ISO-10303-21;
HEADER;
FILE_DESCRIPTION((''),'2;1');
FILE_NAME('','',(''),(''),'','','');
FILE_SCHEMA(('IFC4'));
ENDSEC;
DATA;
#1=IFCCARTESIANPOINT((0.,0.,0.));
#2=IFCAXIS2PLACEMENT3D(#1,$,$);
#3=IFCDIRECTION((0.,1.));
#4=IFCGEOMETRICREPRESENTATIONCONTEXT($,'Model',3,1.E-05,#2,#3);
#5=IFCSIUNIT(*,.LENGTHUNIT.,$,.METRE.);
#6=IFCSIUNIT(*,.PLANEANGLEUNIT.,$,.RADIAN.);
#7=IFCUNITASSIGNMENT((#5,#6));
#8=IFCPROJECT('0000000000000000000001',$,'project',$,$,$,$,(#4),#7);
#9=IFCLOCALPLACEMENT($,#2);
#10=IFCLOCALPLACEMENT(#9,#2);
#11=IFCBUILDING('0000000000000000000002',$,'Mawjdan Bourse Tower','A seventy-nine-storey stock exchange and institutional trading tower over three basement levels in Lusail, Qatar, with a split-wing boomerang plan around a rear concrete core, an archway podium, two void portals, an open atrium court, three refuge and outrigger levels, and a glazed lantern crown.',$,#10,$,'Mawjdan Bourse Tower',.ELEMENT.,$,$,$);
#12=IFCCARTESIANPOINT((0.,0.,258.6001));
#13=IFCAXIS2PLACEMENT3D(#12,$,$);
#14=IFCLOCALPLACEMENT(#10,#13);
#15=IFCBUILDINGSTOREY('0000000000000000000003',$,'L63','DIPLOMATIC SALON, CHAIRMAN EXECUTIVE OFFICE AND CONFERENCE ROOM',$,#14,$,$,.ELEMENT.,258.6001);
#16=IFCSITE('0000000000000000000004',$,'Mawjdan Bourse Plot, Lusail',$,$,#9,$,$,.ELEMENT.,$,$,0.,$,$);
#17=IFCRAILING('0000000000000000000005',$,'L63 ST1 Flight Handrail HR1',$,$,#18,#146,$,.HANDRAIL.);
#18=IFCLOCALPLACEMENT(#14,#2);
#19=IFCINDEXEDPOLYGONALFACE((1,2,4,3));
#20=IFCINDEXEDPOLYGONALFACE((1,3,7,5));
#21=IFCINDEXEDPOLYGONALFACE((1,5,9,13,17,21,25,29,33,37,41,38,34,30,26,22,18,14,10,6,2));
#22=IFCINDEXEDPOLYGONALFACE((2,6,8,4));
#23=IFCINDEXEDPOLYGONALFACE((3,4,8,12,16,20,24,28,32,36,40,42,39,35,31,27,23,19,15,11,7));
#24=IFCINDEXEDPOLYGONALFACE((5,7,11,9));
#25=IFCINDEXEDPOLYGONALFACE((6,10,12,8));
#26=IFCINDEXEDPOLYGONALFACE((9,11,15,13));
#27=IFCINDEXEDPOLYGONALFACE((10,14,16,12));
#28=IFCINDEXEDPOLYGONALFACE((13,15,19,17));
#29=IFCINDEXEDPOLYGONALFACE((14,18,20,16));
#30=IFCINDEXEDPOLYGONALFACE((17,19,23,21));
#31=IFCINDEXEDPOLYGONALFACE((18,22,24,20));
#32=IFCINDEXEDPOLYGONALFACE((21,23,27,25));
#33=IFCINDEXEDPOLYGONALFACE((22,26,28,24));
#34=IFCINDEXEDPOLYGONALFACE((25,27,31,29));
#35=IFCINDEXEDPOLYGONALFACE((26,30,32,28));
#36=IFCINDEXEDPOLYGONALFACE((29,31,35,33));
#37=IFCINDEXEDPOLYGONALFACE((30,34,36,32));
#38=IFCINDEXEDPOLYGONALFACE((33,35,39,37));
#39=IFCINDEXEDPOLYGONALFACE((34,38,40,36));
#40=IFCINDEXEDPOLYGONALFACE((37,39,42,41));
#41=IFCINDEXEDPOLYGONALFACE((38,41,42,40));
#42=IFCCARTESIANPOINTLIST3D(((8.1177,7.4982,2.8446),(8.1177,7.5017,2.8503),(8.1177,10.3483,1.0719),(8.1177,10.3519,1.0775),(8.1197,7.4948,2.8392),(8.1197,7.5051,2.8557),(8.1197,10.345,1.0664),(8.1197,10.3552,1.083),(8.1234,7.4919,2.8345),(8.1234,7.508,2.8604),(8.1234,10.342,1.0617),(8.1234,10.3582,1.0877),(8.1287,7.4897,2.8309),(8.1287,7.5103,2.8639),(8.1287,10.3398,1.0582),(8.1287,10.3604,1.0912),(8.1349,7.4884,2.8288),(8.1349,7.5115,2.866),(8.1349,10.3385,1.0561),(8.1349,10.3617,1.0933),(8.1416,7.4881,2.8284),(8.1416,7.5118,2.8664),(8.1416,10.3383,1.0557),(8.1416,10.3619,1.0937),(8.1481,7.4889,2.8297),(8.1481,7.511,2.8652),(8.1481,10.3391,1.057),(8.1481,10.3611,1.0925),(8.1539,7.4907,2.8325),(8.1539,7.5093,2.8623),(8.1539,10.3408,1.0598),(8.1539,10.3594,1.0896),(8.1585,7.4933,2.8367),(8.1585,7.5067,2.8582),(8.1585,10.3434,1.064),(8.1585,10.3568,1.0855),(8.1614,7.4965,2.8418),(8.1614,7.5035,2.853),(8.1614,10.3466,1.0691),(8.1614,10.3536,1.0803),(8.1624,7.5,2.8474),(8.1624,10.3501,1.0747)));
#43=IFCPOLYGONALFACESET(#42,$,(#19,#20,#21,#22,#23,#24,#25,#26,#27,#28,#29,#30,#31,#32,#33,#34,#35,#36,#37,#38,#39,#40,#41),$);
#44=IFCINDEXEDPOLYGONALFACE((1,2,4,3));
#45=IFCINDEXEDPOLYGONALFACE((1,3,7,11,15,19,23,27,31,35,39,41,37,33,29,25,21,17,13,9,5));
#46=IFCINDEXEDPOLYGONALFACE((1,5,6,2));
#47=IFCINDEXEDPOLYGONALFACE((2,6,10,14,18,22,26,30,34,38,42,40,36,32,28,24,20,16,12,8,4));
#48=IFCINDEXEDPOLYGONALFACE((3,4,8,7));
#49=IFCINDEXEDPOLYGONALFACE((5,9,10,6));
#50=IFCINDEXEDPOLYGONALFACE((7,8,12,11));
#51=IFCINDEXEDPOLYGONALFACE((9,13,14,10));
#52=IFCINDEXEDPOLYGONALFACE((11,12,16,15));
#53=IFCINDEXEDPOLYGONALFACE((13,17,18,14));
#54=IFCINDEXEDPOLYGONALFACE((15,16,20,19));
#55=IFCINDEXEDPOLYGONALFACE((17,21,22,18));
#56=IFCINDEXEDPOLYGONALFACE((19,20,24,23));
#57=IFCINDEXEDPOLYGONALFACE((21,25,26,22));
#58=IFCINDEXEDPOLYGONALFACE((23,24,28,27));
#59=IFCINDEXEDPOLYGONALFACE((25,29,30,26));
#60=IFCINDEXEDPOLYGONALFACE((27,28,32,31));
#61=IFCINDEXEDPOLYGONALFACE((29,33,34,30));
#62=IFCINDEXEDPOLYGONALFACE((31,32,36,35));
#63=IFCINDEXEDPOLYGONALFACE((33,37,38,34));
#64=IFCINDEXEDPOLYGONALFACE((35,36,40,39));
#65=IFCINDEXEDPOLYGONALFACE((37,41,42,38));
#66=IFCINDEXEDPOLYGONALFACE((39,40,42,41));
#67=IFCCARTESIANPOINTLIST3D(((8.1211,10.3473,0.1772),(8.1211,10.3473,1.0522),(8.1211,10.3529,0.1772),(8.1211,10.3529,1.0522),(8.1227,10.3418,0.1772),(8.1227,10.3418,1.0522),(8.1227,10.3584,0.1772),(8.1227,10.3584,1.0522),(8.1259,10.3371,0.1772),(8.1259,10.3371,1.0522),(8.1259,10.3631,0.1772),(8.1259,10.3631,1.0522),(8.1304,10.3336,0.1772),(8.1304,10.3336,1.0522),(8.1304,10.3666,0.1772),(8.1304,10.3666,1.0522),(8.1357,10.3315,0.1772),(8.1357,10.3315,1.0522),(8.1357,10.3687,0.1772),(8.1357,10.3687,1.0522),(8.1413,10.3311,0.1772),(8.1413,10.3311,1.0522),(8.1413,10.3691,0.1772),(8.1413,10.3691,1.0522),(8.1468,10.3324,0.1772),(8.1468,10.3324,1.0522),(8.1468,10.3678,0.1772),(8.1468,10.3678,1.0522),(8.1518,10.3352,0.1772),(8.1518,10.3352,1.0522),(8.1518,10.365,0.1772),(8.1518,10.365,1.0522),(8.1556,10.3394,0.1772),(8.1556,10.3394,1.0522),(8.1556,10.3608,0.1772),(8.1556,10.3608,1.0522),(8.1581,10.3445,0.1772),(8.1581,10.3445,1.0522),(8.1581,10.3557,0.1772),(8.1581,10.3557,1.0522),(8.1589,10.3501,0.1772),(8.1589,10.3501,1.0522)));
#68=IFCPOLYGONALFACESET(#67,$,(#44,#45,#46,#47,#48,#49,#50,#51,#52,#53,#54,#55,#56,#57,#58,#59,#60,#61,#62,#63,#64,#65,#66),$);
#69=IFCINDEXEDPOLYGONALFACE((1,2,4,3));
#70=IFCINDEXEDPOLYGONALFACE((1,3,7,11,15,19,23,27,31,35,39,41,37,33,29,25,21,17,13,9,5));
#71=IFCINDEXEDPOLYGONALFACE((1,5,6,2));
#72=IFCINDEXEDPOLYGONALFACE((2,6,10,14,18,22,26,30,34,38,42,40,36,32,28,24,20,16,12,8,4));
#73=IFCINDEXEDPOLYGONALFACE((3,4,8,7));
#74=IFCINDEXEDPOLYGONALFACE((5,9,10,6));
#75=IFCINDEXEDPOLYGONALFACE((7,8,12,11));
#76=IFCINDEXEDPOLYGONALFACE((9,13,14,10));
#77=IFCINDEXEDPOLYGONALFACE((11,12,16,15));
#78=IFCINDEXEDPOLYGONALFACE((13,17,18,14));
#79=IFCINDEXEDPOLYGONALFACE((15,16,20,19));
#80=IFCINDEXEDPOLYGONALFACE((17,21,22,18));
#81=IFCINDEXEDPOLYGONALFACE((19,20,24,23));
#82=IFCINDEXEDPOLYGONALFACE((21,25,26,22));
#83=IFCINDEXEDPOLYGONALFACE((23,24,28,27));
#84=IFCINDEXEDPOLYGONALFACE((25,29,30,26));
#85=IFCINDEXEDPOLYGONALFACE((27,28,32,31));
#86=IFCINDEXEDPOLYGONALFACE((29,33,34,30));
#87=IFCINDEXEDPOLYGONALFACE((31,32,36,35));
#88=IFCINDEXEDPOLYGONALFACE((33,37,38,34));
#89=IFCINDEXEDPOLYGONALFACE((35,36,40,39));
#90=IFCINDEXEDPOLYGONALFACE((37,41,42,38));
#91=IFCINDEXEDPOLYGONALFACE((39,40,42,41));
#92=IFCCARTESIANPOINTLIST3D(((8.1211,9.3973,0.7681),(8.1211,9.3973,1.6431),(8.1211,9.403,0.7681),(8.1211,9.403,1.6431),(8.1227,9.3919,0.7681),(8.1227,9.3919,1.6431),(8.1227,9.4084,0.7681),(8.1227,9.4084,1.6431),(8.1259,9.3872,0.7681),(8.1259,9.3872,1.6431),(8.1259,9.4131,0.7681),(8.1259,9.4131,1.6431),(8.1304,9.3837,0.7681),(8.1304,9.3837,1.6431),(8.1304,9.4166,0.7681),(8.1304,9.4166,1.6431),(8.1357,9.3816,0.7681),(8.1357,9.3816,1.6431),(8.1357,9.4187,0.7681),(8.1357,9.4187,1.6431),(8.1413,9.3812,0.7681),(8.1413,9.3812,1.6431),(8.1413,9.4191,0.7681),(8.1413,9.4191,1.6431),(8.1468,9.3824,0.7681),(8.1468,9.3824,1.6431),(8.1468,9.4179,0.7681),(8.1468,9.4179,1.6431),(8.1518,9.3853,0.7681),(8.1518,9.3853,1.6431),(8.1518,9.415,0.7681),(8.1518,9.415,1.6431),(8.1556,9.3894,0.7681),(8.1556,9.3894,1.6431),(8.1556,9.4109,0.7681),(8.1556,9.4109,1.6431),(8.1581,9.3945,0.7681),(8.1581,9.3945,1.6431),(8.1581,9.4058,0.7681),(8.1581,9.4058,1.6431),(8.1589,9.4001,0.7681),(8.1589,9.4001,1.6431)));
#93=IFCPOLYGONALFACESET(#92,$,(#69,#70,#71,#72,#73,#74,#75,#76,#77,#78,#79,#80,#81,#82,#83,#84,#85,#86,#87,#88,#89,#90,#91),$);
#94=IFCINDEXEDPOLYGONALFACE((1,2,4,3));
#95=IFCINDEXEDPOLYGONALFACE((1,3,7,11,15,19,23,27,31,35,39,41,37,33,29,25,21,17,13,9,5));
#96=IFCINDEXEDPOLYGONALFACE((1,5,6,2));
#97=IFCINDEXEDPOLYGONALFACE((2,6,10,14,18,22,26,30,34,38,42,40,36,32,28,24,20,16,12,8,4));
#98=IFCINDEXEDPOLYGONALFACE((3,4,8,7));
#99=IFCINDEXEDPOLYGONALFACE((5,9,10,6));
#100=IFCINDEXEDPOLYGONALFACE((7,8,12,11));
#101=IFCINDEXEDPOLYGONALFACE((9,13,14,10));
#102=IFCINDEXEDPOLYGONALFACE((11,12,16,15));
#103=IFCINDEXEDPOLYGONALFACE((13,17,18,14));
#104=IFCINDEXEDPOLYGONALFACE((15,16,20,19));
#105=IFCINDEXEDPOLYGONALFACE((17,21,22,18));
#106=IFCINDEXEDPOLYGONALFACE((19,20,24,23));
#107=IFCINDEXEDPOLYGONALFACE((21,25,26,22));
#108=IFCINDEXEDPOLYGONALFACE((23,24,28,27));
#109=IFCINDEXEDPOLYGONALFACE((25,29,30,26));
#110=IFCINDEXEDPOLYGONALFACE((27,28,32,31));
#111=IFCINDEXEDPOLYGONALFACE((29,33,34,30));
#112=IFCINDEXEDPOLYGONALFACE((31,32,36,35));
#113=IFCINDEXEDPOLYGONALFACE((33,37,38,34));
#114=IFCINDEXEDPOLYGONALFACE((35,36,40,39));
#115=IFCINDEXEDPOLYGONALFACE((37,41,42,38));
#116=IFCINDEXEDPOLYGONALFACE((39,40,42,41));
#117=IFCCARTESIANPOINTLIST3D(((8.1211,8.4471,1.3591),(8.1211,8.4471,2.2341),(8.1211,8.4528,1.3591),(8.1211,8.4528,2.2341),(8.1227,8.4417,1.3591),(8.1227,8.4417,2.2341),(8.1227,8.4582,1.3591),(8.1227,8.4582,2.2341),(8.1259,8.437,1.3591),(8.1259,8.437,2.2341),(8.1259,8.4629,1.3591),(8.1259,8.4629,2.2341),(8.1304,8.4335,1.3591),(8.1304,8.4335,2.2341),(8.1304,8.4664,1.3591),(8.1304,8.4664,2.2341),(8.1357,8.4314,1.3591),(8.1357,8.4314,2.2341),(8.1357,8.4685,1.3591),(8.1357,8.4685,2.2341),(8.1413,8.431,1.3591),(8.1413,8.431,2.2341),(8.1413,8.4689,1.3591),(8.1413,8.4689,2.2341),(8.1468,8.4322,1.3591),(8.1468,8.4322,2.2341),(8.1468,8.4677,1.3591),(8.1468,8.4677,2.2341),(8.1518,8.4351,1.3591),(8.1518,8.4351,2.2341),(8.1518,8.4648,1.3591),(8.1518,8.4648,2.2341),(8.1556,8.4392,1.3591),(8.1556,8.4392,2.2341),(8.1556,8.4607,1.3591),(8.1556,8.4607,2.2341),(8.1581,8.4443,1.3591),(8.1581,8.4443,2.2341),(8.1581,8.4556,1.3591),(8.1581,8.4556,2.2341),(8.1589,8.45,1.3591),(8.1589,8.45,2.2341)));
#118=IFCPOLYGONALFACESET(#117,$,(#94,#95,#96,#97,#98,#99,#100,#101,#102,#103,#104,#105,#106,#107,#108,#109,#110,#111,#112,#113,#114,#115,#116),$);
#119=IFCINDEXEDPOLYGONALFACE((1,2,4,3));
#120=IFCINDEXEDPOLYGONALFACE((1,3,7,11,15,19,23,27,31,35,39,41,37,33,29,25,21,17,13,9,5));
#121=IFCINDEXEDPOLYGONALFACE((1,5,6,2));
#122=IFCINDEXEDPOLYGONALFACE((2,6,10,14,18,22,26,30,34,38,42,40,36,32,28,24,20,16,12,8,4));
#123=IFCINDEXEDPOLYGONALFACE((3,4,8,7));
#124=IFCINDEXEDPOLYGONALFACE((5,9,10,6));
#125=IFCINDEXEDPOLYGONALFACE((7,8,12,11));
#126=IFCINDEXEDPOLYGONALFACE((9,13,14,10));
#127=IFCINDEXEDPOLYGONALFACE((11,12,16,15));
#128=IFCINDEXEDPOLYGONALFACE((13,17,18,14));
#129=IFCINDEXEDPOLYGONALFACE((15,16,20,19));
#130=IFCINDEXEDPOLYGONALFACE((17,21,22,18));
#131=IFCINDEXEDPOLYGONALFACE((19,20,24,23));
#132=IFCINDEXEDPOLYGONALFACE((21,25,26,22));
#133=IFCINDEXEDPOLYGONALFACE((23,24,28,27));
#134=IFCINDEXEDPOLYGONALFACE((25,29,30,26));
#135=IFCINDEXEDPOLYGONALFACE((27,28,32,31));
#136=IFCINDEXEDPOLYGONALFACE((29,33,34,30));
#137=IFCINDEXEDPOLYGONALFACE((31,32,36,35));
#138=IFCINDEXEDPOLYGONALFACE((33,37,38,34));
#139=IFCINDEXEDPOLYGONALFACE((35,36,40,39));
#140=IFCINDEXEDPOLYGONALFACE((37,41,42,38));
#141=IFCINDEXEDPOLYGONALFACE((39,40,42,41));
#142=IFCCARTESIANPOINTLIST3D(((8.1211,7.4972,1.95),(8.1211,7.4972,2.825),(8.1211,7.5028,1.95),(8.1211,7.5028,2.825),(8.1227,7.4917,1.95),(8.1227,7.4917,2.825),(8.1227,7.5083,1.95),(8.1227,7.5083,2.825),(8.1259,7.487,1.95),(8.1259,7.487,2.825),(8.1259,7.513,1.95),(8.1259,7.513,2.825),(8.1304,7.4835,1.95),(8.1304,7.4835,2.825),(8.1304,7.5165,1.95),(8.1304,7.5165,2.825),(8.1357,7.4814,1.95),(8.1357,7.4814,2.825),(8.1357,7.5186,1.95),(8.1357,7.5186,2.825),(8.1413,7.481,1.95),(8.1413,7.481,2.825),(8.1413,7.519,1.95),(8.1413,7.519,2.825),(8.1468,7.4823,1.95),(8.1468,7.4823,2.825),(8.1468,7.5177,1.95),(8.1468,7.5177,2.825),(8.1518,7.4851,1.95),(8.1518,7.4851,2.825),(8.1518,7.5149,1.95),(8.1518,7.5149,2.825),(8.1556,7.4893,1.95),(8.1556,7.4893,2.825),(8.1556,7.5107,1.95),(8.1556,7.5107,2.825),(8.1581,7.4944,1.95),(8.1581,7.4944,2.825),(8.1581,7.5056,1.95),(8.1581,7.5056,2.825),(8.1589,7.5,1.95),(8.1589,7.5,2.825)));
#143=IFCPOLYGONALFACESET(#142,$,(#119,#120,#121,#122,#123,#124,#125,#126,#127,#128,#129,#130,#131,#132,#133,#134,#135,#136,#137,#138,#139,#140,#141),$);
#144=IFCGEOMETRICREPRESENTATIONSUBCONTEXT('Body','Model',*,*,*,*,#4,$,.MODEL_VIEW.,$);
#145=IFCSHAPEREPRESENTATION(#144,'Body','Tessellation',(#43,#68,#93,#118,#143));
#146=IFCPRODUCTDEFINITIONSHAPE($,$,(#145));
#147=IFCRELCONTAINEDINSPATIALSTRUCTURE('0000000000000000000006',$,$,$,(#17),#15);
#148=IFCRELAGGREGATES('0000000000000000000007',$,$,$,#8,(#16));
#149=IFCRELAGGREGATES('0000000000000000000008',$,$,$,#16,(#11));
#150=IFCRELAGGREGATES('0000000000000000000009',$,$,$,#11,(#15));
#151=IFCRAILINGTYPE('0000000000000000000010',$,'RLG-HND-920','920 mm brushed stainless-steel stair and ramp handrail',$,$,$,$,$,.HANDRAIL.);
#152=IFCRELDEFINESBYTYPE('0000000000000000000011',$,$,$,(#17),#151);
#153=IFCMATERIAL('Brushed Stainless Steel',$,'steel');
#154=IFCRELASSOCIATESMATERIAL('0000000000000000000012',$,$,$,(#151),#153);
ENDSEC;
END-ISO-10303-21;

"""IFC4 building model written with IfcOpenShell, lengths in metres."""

from ifc_helpers import new_model, si_unit, direction, frame, origin, origin_2d, place, context, subcontext, project, spatial, circle, extrude, material, type_object, element, save


model = new_model("IFC4")

# Units and contexts
model_context = context("Model", 3, precision=1e-05, world=origin(), true_north=direction((0.0, 1.0)))
body_context = subcontext(model_context, "Body", "Model", "MODEL_VIEW")
ifc_project = project(units=[si_unit("LENGTHUNIT", "METRE"), si_unit("PLANEANGLEUNIT", "RADIAN")], contexts=[model_context])

# Site, building, storey
site_placement = place(None, origin())
site = spatial("IfcSite", under=ifc_project, at=site_placement, Name="Mawjdan Bourse Plot, Lusail", CompositionType="ELEMENT", RefElevation=0.0)
building_placement = place(site_placement, origin())
building = spatial("IfcBuilding", under=site, at=building_placement, Name="Mawjdan Bourse Tower", Description="A seventy-nine-storey stock exchange and institutional trading tower over three basement levels in Lusail, Qatar, with a split-wing boomerang plan around a rear concrete core, an archway podium, two void portals, an open atrium court, three refuge and outrigger levels, and a glazed lantern crown.", LongName="Mawjdan Bourse Tower", CompositionType="ELEMENT")
storey_placement = place(building_placement, frame((0.0, 0.0, 258.6001)))
storey = spatial("IfcBuildingStorey", under=building, at=storey_placement, Name="L63", Description="DIPLOMATIC SALON, CHAIRMAN EXECUTIVE OFFICE AND CONFERENCE ROOM", CompositionType="ELEMENT", Elevation=258.6001)

# Railing
ifc_material_1 = material(Name="Brushed Stainless Steel", Category="steel")
railing_type_1 = type_object("IfcRailingType", Name="RLG-HND-920", Description="920 mm brushed stainless-steel stair and ramp handrail", PredefinedType="HANDRAIL", material=ifc_material_1)
for number, where, name in (
    (1, (8.1399, 10.3501, 0.1772), "L63 ST1 Flight Handrail HR1"),
):
    element("IfcRailing", number, at=place(storey_placement, frame(where)), inside=storey, type_object=railing_type_1, Name=name, PredefinedType="HANDRAIL", context=body_context, shape_type="SweptSolid", body=[
        extrude(circle(Radius=0.0225, at=origin_2d()), frame((0.0, 0.0, 0.8975), z_axis=(0.0, -0.849149, 0.528154), x_axis=(1.0, 0.0, 0.0)), (0.0, 0.0, 1.0), 3.3564),
        extrude(circle(Radius=0.019, at=origin_2d()), origin(), (0.0, 0.0, 1.0), 0.875),
        extrude(circle(Radius=0.019, at=origin_2d()), frame((0.0, -0.95, 0.5908)), (0.0, 0.0, 1.0), 0.875),
        extrude(circle(Radius=0.019, at=origin_2d()), frame((0.0, -1.9001, 1.1819)), (0.0, 0.0, 1.0), 0.875),
        extrude(circle(Radius=0.019, at=origin_2d()), frame((0.0, -2.8501, 1.7727)), (0.0, 0.0, 1.0), 0.875),
    ])

save(model, "model.ifc")
